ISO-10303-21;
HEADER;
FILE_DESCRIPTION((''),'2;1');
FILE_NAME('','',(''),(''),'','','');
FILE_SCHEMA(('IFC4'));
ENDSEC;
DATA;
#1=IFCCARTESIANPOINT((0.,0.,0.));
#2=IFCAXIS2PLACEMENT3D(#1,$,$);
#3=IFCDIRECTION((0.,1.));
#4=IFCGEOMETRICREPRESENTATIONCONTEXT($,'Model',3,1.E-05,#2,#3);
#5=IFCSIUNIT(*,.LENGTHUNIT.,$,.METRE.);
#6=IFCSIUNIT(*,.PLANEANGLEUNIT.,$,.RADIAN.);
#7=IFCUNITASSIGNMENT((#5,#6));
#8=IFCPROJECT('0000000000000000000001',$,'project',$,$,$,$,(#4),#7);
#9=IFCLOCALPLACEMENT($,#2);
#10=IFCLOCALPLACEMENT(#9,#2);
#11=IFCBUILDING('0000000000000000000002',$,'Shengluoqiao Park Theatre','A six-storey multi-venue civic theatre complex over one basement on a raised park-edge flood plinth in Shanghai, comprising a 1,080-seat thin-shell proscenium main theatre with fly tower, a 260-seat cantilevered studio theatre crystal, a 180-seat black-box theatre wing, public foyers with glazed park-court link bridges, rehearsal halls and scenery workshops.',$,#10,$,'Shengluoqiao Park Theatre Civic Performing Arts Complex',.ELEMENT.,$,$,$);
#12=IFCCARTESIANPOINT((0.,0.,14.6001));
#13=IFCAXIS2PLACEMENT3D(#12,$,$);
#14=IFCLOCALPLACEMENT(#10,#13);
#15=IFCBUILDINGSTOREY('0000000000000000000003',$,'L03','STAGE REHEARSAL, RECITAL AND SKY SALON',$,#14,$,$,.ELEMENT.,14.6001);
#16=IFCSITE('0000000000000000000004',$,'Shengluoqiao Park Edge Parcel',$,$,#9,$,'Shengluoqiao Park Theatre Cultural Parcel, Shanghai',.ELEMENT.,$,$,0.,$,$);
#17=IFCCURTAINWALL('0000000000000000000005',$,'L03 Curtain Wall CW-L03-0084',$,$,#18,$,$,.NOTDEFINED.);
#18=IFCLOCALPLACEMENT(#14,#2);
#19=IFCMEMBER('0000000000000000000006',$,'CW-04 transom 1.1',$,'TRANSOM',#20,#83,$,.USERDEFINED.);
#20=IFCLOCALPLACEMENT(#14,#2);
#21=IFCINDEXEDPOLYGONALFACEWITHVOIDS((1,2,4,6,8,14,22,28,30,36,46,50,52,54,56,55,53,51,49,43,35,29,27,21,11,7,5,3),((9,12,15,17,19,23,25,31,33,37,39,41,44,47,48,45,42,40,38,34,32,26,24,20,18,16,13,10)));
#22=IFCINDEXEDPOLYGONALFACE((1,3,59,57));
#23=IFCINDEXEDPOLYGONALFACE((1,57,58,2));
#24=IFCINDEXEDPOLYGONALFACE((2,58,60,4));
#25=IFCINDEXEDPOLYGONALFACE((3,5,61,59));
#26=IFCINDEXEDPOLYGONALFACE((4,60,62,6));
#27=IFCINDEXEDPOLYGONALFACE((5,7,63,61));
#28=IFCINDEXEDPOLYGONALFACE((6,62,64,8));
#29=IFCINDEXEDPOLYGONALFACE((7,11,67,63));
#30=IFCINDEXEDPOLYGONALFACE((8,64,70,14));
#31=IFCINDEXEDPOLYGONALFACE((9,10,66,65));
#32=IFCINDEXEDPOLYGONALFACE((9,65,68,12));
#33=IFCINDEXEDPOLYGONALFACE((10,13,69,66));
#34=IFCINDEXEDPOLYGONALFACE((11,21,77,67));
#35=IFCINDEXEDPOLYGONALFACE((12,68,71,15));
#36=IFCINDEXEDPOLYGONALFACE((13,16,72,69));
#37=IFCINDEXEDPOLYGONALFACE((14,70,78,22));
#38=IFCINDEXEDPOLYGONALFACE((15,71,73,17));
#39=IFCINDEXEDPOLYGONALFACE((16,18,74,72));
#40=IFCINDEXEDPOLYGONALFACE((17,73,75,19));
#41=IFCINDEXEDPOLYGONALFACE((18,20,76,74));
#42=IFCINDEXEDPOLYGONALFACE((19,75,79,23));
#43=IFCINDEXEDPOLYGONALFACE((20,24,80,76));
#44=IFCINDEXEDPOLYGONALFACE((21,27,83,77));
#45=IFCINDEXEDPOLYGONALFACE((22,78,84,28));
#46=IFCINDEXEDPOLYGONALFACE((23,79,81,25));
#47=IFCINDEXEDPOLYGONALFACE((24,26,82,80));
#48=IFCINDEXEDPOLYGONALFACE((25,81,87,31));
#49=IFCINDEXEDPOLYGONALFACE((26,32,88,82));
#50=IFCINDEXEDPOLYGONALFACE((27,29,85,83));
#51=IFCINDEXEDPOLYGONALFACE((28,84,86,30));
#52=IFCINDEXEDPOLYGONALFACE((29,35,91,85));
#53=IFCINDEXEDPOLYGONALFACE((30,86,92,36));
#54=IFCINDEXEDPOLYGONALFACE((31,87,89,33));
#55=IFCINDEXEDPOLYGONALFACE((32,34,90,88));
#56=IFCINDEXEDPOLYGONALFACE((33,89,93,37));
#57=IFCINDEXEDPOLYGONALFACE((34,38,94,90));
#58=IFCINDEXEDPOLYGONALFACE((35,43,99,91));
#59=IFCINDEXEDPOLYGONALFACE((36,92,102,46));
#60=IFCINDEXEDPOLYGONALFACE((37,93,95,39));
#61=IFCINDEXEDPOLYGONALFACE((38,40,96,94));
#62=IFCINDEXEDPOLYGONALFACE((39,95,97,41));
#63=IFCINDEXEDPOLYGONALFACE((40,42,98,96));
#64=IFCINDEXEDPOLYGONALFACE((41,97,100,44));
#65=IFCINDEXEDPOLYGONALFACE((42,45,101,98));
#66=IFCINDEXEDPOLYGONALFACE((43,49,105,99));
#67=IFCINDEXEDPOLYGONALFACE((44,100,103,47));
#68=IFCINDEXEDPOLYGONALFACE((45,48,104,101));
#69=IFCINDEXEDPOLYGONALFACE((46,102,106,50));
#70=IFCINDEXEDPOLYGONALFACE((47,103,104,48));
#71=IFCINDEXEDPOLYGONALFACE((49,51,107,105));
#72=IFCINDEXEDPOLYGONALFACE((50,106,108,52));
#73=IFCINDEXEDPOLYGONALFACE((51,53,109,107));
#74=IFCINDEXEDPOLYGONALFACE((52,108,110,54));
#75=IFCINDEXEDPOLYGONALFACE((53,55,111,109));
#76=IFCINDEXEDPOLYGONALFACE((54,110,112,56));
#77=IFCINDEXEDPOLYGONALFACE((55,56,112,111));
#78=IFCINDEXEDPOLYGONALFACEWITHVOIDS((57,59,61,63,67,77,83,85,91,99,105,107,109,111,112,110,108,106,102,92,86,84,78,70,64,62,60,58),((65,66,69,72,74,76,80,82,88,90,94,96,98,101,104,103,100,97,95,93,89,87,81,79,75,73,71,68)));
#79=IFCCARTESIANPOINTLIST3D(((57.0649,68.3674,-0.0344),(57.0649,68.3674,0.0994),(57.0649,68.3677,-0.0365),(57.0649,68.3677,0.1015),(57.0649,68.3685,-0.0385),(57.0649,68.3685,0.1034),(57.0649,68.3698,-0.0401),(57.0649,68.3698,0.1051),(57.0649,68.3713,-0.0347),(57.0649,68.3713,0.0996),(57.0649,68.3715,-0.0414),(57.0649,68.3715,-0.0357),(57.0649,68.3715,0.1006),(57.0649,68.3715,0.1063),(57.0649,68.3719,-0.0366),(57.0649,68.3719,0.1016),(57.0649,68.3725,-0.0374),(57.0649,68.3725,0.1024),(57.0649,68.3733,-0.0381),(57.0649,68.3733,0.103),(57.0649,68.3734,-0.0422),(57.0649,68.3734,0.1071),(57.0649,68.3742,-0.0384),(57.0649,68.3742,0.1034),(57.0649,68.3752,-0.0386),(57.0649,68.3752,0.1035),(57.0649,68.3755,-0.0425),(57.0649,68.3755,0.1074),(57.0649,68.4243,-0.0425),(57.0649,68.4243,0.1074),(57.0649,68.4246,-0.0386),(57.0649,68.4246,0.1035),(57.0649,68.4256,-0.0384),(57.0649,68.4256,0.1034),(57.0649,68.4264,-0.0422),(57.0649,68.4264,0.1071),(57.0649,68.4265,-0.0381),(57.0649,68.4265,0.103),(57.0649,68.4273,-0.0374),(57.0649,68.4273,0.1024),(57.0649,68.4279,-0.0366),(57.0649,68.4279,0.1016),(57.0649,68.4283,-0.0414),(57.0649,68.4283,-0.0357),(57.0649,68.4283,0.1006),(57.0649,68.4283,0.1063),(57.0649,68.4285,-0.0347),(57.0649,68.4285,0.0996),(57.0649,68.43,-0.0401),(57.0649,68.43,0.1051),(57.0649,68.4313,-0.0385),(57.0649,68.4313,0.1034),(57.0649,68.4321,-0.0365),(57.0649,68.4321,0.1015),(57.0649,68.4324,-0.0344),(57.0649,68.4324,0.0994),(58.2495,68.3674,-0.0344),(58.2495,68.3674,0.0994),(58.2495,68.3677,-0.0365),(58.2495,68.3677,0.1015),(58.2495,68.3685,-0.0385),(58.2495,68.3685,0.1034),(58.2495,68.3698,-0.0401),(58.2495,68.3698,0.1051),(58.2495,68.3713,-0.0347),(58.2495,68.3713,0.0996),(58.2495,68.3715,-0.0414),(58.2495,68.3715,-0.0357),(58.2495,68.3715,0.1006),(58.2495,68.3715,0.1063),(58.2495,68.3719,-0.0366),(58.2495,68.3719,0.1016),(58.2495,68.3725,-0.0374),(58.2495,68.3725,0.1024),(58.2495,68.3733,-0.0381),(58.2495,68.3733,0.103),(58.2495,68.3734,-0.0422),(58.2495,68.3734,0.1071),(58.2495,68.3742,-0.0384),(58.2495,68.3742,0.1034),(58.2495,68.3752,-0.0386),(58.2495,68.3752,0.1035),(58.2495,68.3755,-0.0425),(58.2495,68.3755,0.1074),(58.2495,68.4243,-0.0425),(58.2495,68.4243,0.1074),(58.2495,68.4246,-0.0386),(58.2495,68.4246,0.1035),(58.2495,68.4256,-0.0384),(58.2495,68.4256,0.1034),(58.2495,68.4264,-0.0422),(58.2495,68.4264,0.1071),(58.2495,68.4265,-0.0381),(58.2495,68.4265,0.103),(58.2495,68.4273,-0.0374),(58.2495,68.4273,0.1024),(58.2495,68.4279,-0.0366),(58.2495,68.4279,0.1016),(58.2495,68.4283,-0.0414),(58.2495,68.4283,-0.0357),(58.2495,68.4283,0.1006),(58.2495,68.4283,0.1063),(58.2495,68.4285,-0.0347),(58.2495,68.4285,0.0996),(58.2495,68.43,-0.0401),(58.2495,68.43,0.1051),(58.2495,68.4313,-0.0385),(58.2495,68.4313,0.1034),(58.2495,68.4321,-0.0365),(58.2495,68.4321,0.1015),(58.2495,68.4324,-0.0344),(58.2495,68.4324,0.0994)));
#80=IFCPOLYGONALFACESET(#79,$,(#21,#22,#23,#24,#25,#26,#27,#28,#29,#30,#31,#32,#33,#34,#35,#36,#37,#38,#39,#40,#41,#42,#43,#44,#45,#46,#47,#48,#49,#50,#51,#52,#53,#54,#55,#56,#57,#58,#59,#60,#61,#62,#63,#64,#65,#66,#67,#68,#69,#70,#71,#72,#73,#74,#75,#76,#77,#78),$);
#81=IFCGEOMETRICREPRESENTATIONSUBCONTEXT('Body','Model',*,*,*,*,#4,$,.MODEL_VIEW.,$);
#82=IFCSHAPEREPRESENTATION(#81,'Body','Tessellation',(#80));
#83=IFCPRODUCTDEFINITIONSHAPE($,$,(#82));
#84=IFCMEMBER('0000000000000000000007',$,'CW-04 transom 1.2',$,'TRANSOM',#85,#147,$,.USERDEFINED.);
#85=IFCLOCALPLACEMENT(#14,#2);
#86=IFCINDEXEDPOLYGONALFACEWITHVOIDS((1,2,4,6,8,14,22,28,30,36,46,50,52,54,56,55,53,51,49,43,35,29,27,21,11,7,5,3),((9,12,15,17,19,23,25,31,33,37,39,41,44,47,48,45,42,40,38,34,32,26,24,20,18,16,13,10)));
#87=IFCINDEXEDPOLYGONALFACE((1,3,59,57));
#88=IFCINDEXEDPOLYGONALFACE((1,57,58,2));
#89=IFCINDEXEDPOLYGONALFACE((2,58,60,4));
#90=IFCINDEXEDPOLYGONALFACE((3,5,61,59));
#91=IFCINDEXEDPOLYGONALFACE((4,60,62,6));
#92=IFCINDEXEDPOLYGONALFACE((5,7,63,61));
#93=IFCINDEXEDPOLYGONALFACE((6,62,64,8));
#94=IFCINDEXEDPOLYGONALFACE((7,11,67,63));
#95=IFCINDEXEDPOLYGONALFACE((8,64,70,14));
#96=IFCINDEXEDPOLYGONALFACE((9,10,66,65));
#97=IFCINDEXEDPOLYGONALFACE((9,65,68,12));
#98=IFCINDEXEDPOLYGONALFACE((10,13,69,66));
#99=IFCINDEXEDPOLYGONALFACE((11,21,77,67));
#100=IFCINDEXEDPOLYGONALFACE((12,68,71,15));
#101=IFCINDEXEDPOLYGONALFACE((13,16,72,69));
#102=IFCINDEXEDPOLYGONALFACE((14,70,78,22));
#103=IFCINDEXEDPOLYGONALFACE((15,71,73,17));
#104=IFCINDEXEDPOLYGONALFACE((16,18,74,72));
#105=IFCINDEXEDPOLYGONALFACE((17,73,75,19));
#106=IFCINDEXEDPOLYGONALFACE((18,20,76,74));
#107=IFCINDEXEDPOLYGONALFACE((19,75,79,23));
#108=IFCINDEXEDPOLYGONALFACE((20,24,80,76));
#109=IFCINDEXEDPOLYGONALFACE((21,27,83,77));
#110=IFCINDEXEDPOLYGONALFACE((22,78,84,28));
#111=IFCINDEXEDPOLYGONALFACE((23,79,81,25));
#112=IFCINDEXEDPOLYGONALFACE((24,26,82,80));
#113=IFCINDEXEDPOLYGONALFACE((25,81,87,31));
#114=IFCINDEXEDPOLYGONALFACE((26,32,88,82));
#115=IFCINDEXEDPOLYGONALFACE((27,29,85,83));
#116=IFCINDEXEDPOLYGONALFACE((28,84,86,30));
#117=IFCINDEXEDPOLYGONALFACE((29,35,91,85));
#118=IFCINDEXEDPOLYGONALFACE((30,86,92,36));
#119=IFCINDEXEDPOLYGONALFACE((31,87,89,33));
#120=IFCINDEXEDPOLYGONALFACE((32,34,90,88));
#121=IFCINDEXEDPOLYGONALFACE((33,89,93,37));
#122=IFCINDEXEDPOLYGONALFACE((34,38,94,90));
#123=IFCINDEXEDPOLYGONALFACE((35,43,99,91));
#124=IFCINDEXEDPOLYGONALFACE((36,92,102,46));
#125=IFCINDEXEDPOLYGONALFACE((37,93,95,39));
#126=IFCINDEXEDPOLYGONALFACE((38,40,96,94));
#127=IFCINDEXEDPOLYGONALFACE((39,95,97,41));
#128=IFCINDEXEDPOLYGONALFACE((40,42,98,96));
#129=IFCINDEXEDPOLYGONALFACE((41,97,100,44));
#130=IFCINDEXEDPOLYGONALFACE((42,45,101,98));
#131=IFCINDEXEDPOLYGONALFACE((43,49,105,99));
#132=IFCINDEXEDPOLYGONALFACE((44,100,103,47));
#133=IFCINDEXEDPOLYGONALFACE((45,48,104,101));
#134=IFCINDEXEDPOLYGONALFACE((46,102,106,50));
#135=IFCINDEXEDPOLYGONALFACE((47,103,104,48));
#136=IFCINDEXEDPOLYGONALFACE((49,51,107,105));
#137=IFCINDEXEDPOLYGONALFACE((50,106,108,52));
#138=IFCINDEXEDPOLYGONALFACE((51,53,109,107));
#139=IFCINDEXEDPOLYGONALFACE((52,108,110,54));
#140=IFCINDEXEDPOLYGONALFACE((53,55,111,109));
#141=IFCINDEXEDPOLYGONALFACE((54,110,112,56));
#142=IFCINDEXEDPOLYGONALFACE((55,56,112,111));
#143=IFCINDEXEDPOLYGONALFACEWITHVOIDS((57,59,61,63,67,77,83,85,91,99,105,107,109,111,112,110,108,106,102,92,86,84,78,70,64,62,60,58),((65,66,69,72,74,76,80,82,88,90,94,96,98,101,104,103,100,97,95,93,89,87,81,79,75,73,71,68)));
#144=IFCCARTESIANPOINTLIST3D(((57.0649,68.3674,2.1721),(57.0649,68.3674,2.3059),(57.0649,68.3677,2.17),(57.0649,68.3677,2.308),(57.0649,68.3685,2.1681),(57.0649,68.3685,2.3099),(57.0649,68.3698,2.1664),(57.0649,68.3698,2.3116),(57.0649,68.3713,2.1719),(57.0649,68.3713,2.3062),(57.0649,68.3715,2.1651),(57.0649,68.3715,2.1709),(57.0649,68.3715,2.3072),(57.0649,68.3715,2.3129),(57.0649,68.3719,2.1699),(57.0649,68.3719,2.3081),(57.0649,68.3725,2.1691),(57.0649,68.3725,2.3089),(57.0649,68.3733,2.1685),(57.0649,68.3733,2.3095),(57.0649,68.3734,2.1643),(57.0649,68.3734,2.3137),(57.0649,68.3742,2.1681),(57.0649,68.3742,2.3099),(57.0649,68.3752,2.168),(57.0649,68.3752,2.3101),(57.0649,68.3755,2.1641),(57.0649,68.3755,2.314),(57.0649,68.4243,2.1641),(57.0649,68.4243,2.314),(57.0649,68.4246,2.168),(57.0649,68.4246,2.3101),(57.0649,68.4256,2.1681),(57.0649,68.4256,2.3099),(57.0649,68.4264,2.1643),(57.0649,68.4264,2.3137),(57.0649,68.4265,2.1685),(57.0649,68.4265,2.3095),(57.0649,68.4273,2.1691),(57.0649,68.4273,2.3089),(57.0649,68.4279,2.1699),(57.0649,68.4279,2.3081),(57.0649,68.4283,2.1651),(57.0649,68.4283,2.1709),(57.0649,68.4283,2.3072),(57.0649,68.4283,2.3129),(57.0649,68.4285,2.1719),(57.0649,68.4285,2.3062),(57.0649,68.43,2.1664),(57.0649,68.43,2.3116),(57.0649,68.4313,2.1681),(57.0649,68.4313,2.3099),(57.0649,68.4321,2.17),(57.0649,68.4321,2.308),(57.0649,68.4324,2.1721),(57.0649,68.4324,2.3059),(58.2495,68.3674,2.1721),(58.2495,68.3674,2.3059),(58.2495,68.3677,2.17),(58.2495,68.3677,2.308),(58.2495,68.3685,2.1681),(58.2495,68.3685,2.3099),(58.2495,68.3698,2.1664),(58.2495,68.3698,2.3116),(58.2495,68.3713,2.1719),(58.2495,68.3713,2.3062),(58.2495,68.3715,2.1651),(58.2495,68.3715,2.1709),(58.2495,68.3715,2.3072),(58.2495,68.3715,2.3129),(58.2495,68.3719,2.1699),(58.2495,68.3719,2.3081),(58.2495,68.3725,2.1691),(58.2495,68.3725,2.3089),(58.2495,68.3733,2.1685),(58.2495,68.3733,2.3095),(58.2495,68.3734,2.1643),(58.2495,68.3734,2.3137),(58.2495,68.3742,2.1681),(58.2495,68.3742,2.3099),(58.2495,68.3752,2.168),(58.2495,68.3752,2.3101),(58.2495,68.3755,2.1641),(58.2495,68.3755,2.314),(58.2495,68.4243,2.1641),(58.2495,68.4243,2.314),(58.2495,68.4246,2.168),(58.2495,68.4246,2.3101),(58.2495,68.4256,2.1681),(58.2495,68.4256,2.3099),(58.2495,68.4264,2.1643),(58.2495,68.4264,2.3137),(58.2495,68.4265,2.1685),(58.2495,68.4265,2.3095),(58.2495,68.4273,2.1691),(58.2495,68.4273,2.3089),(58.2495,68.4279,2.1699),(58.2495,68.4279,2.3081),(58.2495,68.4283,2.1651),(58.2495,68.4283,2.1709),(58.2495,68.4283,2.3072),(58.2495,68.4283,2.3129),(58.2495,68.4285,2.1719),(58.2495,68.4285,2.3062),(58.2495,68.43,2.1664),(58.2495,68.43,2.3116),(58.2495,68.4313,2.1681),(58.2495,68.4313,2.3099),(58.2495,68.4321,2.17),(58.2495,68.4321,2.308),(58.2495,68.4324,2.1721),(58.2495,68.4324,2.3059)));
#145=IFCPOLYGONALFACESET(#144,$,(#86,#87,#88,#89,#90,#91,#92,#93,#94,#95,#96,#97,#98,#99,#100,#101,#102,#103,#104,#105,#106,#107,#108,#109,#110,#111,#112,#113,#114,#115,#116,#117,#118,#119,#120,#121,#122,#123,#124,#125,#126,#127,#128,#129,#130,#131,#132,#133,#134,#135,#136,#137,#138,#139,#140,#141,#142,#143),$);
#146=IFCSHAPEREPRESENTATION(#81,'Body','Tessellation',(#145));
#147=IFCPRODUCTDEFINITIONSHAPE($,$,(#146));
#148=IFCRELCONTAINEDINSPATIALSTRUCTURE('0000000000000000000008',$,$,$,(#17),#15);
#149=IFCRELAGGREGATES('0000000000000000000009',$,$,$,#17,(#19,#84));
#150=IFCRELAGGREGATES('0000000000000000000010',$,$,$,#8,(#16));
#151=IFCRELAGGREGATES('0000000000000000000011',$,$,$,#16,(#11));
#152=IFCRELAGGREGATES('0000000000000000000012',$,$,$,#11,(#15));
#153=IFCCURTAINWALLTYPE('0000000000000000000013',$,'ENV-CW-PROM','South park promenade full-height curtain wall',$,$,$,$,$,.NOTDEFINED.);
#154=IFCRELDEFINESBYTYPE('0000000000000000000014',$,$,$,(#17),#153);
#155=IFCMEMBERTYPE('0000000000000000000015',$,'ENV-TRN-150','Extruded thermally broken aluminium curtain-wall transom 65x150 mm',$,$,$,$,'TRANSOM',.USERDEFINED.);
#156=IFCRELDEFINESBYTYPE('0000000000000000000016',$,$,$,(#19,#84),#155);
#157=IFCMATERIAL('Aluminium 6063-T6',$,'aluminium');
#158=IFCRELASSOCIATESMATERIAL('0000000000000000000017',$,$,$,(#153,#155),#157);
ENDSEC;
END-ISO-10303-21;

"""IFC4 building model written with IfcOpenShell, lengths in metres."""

from ifc_helpers import new_model, si_unit, direction, frame, origin, origin_2d, place, context, subcontext, project, spatial, hollow_rectangle, extrude, material, material_profile, profile_set, type_object, element, aggregate, save


model = new_model("IFC4")

# Units and contexts
model_context = context("Model", 3, precision=1e-05, world=origin(), true_north=direction((0.0, 1.0)))
body_context = subcontext(model_context, "Body", "Model", "MODEL_VIEW")
ifc_project = project(units=[si_unit("LENGTHUNIT", "METRE"), si_unit("PLANEANGLEUNIT", "RADIAN")], contexts=[model_context])

# Site, building, storey
site_placement = place(None, origin())
site = spatial("IfcSite", under=ifc_project, at=site_placement, Name="Shengluoqiao Park Edge Parcel", LongName="Shengluoqiao Park Theatre Cultural Parcel, Shanghai", CompositionType="ELEMENT", RefElevation=0.0)
building_placement = place(site_placement, origin())
building = spatial("IfcBuilding", under=site, at=building_placement, Name="Shengluoqiao Park Theatre", Description="A six-storey multi-venue civic theatre complex over one basement on a raised park-edge flood plinth in Shanghai, comprising a 1,080-seat thin-shell proscenium main theatre with fly tower, a 260-seat cantilevered studio theatre crystal, a 180-seat black-box theatre wing, public foyers with glazed park-court link bridges, rehearsal halls and scenery workshops.", LongName="Shengluoqiao Park Theatre Civic Performing Arts Complex", CompositionType="ELEMENT")
storey_placement = place(building_placement, frame((0.0, 0.0, 14.6001)))
storey = spatial("IfcBuildingStorey", under=building, at=storey_placement, Name="L03", Description="STAGE REHEARSAL, RECITAL AND SKY SALON", CompositionType="ELEMENT", Elevation=14.6001)

# Curtain wall
ifc_material_1 = material(Name="Aluminium 6063-T6", Category="aluminium")
curtain_wall_type = type_object("IfcCurtainWallType", Name="ENV-CW-PROM", Description="South park promenade full-height curtain wall", PredefinedType="NOTDEFINED", material=ifc_material_1)
curtain_wall_1_placement = place(storey_placement, origin())
curtain_wall_1 = element("IfcCurtainWall", 1, at=curtain_wall_1_placement, inside=storey, type_object=curtain_wall_type, Name="L03 Curtain Wall CW-L03-0084", PredefinedType="NOTDEFINED")

# Members
ifc_material_profile_1 = material_profile(ifc_material_1, hollow_rectangle(XDim=0.0649, YDim=0.1499, WallThickness=0.0039, InnerFilletRadius=0.0039, OuterFilletRadius=0.0081, at=origin_2d()), Name="ALU TRANSOM 150x65x4")
ifc_profile_set_1 = profile_set([ifc_material_profile_1], Name="Aluminium 6063-T6")
member_type_1 = type_object("IfcMemberType", Name="ENV-TRN-150", Description="Extruded thermally broken aluminium curtain-wall transom 65x150 mm", ElementType="TRANSOM", PredefinedType="USERDEFINED", material=ifc_profile_set_1)
member_1_placement = place(storey_placement, frame((57.0649, 68.3999, 0.0325), z_axis=(1.0, 0.0, 0.0), x_axis=(0.0, 1.0, 0.0)))
member_1 = element("IfcMember", 2, at=member_1_placement, type_object=member_type_1, Name="CW-04 transom 1.1", ObjectType="TRANSOM", PredefinedType="USERDEFINED", context=body_context, shape_type="SweptSolid", body=[
    extrude(hollow_rectangle(XDim=0.0649, YDim=0.1499, WallThickness=0.0039, InnerFilletRadius=0.0039, OuterFilletRadius=0.0081, at=origin_2d()), origin(), (0.0, 0.0, 1.0), 1.1846),
])
member_2_placement = place(storey_placement, frame((57.0649, 68.3999, 2.239), z_axis=(1.0, 0.0, 0.0), x_axis=(0.0, 1.0, 0.0)))
member_2 = element("IfcMember", 3, at=member_2_placement, type_object=member_type_1, Name="CW-04 transom 1.2", ObjectType="TRANSOM", PredefinedType="USERDEFINED", context=body_context, shape_type="SweptSolid", body=[
    extrude(hollow_rectangle(XDim=0.0649, YDim=0.1499, WallThickness=0.0039, InnerFilletRadius=0.0039, OuterFilletRadius=0.0081, at=origin_2d()), origin(), (0.0, 0.0, 1.0), 1.1846),
])

aggregate(curtain_wall_1, [member_1, member_2])

save(model, "model.ifc")
